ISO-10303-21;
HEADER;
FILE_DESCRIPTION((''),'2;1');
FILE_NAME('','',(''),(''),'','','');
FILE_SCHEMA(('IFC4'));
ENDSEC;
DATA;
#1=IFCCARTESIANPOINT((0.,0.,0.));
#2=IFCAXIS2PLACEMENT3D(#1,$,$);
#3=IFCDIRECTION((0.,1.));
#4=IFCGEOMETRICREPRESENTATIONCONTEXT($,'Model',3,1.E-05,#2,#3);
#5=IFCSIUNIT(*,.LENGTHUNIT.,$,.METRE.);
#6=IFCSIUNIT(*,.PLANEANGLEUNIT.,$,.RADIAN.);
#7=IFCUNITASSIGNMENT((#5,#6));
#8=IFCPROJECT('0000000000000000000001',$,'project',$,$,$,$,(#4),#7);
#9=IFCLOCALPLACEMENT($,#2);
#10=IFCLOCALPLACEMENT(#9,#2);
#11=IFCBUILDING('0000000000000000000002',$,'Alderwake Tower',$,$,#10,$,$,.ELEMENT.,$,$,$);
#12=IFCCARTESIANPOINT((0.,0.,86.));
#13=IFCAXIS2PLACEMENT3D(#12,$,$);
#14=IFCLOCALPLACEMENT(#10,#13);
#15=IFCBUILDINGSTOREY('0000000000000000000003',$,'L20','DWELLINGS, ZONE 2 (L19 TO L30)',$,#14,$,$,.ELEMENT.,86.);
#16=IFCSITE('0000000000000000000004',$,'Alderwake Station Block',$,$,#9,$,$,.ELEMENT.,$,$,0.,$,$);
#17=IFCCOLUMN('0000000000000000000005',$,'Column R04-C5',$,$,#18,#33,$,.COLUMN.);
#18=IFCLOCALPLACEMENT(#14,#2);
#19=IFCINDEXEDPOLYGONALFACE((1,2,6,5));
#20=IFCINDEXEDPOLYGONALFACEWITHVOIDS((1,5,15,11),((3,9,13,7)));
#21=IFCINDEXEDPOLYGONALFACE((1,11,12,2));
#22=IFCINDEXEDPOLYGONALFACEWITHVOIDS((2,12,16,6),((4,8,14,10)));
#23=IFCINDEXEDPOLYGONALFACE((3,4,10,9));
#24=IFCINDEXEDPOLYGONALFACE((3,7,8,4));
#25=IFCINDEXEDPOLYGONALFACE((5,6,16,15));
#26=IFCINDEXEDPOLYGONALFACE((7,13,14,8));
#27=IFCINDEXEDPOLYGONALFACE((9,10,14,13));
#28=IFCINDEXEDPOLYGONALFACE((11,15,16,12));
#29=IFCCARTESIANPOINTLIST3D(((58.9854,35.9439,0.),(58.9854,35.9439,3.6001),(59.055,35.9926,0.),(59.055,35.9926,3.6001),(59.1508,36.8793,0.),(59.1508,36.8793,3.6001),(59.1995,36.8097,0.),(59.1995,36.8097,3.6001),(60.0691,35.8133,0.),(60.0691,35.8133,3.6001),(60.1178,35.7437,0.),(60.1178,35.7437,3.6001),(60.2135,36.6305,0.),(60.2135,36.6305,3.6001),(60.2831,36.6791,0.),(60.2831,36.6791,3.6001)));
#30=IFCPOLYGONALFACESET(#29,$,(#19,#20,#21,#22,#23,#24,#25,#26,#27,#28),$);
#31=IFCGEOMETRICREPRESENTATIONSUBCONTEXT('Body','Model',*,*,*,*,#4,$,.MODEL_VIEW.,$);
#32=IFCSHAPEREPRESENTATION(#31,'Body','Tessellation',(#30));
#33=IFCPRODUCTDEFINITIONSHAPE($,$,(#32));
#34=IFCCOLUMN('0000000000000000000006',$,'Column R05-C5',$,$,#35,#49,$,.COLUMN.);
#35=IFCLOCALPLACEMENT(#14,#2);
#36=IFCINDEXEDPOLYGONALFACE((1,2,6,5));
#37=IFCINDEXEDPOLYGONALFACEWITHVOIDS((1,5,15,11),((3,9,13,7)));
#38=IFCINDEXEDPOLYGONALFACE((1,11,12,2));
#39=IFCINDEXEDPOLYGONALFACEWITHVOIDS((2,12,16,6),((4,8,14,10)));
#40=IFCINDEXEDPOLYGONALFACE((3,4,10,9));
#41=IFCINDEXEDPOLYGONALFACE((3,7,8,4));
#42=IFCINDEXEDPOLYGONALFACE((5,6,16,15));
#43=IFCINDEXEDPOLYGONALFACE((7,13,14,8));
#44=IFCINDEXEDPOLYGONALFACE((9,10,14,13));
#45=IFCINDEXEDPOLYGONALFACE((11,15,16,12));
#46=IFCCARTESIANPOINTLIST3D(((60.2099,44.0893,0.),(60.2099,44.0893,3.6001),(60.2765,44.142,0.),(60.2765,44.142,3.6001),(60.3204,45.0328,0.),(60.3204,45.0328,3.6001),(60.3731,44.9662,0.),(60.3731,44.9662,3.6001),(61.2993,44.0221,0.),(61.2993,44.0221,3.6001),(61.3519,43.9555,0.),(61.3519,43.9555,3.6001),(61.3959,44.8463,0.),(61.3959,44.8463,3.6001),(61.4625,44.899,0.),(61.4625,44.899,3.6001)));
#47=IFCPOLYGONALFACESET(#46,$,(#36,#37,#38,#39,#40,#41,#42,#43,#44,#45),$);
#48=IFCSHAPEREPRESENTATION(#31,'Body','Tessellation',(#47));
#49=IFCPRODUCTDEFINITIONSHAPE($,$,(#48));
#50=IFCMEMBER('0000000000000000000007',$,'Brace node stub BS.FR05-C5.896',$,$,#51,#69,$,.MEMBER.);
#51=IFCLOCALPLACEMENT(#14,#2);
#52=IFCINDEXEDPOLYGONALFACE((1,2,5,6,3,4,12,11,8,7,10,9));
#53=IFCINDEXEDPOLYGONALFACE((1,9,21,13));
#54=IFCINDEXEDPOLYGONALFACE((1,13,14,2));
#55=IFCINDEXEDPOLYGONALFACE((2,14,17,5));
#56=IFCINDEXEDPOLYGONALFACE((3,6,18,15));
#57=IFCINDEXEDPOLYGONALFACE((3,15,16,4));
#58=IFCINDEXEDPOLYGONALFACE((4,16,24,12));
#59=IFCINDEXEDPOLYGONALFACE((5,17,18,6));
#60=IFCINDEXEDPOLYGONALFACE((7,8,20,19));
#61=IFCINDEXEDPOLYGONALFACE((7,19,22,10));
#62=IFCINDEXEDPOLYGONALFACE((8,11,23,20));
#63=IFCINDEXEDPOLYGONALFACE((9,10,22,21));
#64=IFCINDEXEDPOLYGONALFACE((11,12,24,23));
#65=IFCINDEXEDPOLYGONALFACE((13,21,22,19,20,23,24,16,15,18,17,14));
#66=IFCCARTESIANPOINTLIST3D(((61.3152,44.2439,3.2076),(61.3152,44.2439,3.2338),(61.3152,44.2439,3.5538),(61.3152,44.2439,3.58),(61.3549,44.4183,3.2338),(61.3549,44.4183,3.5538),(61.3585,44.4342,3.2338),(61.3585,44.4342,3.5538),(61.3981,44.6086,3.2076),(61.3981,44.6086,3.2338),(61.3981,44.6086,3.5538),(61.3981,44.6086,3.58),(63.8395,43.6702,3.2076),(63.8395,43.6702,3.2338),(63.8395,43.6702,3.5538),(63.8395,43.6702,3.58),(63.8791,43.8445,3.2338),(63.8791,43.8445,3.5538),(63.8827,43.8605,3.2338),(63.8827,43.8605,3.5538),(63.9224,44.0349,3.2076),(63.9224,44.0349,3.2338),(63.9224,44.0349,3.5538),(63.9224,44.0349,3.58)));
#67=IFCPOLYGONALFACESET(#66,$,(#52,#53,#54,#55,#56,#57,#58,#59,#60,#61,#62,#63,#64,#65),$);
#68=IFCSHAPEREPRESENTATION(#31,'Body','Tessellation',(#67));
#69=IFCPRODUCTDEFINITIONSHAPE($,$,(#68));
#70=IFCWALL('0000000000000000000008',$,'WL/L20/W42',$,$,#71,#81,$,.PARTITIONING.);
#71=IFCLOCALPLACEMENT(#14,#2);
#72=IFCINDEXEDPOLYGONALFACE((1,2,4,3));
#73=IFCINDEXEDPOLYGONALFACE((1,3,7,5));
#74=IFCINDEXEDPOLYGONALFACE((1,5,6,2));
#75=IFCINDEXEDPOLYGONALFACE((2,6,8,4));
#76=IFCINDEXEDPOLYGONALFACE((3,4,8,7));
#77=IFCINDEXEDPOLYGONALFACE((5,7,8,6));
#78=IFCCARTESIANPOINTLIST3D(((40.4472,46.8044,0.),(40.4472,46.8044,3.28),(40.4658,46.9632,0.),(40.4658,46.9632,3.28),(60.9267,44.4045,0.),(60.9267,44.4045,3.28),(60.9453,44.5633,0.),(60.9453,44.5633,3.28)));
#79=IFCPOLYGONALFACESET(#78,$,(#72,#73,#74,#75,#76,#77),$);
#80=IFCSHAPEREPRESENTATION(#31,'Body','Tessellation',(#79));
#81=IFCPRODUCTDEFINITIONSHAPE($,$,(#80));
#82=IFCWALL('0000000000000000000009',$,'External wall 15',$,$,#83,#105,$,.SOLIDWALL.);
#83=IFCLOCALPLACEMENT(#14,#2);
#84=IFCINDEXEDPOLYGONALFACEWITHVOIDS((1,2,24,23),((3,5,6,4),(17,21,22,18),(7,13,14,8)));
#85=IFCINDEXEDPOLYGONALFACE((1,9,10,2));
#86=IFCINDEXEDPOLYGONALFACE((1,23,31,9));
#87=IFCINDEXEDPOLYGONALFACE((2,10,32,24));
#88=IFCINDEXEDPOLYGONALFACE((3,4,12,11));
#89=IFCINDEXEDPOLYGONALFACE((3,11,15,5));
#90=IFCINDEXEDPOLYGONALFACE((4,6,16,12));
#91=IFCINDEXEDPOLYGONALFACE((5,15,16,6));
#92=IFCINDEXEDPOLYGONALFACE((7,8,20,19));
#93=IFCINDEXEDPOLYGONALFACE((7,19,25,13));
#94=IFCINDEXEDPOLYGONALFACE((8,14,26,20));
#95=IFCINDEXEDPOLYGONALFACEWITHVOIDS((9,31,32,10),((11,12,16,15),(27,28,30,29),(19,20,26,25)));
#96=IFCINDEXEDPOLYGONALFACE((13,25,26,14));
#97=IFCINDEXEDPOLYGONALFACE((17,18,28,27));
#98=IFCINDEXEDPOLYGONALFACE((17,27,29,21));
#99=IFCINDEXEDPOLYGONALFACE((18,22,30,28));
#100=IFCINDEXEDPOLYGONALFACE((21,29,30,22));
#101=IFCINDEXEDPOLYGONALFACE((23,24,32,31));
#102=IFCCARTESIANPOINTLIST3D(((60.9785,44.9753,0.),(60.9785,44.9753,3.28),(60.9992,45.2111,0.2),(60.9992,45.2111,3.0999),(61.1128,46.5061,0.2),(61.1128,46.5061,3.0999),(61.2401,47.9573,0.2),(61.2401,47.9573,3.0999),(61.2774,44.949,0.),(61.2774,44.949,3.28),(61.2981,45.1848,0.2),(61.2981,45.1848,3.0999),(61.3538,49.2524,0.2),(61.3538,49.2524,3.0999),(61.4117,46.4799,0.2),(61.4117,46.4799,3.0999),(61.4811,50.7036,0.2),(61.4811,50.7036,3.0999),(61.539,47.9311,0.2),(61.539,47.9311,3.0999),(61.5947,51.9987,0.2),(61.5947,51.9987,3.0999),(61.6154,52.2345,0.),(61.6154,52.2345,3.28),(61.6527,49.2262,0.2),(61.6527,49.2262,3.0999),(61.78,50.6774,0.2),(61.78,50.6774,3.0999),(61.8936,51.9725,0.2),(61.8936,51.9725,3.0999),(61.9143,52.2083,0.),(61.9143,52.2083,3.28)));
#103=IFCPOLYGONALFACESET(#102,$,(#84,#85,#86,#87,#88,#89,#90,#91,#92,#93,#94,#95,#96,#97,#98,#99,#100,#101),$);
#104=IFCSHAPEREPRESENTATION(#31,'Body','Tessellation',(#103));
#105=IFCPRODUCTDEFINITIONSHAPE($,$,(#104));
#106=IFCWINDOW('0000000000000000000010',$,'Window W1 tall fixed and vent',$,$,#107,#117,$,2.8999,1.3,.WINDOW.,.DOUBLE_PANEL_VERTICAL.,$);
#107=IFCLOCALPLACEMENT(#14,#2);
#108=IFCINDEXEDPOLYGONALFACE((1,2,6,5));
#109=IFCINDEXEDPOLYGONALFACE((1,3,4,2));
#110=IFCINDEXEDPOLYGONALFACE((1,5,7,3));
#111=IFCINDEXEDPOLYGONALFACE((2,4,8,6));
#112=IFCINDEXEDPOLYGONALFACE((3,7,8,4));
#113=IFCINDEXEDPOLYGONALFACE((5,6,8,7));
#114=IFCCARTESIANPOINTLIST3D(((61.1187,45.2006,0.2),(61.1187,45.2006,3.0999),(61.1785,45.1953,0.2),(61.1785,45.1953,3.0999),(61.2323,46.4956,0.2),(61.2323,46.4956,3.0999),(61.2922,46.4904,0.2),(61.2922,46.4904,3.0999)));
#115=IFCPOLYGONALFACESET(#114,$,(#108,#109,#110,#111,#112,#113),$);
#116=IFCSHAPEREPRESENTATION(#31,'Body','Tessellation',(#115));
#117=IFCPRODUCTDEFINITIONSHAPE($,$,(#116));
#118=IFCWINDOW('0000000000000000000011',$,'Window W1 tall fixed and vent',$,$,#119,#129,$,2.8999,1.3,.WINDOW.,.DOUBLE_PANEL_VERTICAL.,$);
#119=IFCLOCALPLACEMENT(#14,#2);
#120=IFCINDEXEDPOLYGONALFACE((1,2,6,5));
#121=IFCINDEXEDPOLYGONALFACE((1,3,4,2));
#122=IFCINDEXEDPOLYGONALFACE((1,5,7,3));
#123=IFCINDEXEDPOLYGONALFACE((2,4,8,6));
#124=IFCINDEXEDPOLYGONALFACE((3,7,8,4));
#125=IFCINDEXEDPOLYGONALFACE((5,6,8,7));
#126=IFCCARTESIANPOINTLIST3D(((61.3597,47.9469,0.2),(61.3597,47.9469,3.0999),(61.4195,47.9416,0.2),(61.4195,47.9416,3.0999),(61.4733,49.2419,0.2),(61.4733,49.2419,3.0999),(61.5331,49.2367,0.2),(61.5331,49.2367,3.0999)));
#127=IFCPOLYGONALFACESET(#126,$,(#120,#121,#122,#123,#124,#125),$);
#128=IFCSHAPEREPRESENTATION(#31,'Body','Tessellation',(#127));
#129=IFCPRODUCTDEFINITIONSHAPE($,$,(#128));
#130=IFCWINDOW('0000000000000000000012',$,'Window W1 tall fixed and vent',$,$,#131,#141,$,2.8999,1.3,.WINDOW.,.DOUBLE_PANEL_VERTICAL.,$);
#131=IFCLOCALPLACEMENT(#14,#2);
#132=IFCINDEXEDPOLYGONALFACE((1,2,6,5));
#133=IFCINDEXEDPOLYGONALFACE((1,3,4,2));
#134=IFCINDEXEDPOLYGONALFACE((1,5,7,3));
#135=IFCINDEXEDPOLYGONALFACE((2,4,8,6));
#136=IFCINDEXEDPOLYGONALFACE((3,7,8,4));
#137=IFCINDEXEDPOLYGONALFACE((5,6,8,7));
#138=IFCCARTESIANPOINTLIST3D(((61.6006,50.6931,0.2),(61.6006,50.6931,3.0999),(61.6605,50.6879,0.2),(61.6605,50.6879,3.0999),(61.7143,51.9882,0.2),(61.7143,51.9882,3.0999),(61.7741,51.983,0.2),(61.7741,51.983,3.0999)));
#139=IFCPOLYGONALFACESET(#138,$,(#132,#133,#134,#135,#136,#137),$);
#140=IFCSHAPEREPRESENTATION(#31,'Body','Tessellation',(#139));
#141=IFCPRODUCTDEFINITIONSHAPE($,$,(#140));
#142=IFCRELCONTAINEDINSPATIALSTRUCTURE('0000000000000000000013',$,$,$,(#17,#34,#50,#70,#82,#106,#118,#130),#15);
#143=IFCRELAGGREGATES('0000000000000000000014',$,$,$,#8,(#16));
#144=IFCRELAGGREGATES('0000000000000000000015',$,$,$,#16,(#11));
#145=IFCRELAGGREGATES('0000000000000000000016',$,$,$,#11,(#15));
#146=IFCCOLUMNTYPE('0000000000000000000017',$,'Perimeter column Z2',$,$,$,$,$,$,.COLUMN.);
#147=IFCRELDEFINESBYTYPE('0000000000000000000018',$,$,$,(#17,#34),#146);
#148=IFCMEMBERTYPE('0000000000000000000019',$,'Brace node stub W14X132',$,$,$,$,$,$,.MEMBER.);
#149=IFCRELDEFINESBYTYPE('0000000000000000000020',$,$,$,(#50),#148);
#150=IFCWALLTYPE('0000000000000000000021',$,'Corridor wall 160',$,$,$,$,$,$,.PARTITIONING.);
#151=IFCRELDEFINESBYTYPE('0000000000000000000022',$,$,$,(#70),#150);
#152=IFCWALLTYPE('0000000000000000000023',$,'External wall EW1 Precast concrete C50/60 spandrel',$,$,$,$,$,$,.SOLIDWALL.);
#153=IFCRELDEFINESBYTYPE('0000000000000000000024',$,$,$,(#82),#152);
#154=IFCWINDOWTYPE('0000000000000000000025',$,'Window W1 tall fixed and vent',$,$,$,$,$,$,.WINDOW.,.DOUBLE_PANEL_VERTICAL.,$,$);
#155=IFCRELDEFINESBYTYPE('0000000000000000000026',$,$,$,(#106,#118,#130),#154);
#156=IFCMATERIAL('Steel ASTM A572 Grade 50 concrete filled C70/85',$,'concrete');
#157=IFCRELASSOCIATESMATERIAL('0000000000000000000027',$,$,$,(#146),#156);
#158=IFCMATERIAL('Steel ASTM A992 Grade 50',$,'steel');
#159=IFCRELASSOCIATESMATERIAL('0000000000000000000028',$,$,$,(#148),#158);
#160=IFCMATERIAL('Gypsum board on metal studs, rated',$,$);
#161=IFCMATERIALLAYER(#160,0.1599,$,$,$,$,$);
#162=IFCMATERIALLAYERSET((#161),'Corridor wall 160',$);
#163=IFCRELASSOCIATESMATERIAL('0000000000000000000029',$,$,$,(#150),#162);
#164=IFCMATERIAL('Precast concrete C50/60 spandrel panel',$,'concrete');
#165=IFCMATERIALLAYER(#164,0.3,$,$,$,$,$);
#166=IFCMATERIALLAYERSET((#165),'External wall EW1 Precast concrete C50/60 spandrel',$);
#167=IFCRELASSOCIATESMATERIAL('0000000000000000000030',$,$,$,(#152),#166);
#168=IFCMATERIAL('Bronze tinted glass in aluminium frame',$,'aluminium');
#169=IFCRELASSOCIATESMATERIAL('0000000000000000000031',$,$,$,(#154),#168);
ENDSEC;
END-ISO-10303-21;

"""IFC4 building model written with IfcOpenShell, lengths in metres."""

from ifc_helpers import new_model, si_unit, direction, frame, frame_2d, origin, origin_2d, place, context, subcontext, project, spatial, rectangle, hollow_rectangle, i_section, extrude, material, layer, layer_set, material_profile, profile_set, type_object, element, fill, save


model = new_model("IFC4")

# Units and contexts
model_context = context("Model", 3, precision=1e-05, world=origin(), true_north=direction((0.0, 1.0)))
body_context = subcontext(model_context, "Body", "Model", "MODEL_VIEW")
ifc_project = project(units=[si_unit("LENGTHUNIT", "METRE"), si_unit("PLANEANGLEUNIT", "RADIAN")], contexts=[model_context])

# Site, building, storey
site_placement = place(None, origin())
site = spatial("IfcSite", under=ifc_project, at=site_placement, Name="Alderwake Station Block", CompositionType="ELEMENT", RefElevation=0.0)
building_placement = place(site_placement, origin())
building = spatial("IfcBuilding", under=site, at=building_placement, Name="Alderwake Tower", CompositionType="ELEMENT")
storey_placement = place(building_placement, frame((0.0, 0.0, 86.0)))
storey = spatial("IfcBuildingStorey", under=building, at=storey_placement, Name="L20", Description="DWELLINGS, ZONE 2 (L19 TO L30)", CompositionType="ELEMENT", Elevation=86.0)

# Columns
ifc_material_1 = material(Name="Steel ASTM A572 Grade 50 concrete filled C70/85", Category="concrete")
ifc_material_profile_1 = material_profile(ifc_material_1, hollow_rectangle(XDim=0.95, YDim=1.1499, WallThickness=0.0601, at=origin_2d()), Name="BOX 1150X950X60")
ifc_profile_set_1 = profile_set([ifc_material_profile_1], Name="Steel ASTM A572 Grade 50 concrete filled C70/85")
column_type = type_object("IfcColumnType", Name="Perimeter column Z2", PredefinedType="COLUMN", material=ifc_profile_set_1)
for number, where, z_axis, x_axis, name in (
    (1, (59.6343, 36.3115, 0.0), (0.0, 0.0, 1.0), (0.174107, 0.984727, 0.0), "Column R04-C5"),
    (2, (60.8362, 44.4941, 0.0), (0.0, 0.0, 1.0), (0.116402, 0.993202, 0.0), "Column R05-C5"),
):
    element("IfcColumn", number, at=place(storey_placement, frame(where, z_axis=z_axis, x_axis=x_axis)), inside=storey, type_object=column_type, Name=name, PredefinedType="COLUMN", context=body_context, shape_type="SweptSolid", body=[
        extrude(hollow_rectangle(XDim=0.95, YDim=1.1499, WallThickness=0.0601, at=origin_2d()), origin(), (0.0, 0.0, 1.0), 3.6001),
    ])

# Member
ifc_material_2 = material(Name="Steel ASTM A992 Grade 50", Category="steel")
ifc_material_profile_2 = material_profile(ifc_material_2, i_section(OverallWidth=0.374, OverallDepth=0.3723, WebThickness=0.0164, FlangeThickness=0.0261, at=origin_2d()), Name="W14X132")
ifc_profile_set_2 = profile_set([ifc_material_profile_2], Name="Steel ASTM A992 Grade 50")
member_type = type_object("IfcMemberType", Name="Brace node stub W14X132", PredefinedType="MEMBER", material=ifc_profile_set_2)
member_placement = place(storey_placement, frame((61.3567, 44.4263, 3.3938), z_axis=(0.975128, -0.221641, 0.0), x_axis=(0.221641, 0.975128, 0.0)))
element("IfcMember", 3, at=member_placement, inside=storey, type_object=member_type, Name="Brace node stub BS.FR05-C5.896", PredefinedType="MEMBER", context=body_context, shape_type="SweptSolid", body=[
    extrude(i_section(OverallWidth=0.374, OverallDepth=0.3723, WebThickness=0.0164, FlangeThickness=0.0261, at=origin_2d()), origin(), (0.0, 0.0, 1.0), 2.5886),
])

# Wall
ifc_material_3 = material(Name="Gypsum board on metal studs, rated")
ifc_layer_1 = layer(ifc_material_3, 0.1599)
ifc_layer_set_1 = layer_set([ifc_layer_1], Name="Corridor wall 160")
wall_type_1 = type_object("IfcWallType", Name="Corridor wall 160", PredefinedType="PARTITIONING", material=ifc_layer_set_1)
wall_1_placement = place(storey_placement, frame((60.936, 44.4839, 0.0), z_axis=(0.0, 0.0, 1.0), x_axis=(-0.993204, 0.116389, 0.0)))
element("IfcWall", 4, at=wall_1_placement, inside=storey, type_object=wall_type_1, Name="WL/L20/W42", PredefinedType="PARTITIONING", context=body_context, shape_type="SweptSolid", body=[
    extrude(rectangle(XDim=20.6196, YDim=0.1599, at=frame_2d((10.3098, 0.0))), origin(), (0.0, 0.0, 1.0), 3.28),
])

# Shared definitions
ifc_material_4 = material(Name="Precast concrete C50/60 spandrel panel", Category="concrete")
ifc_layer_2 = layer(ifc_material_4, 0.3)
ifc_layer_set_2 = layer_set([ifc_layer_2], Name="External wall EW1 Precast concrete C50/60 spandrel")
wall_type_2 = type_object("IfcWallType", Name="External wall EW1 Precast concrete C50/60 spandrel", PredefinedType="SOLIDWALL", material=ifc_layer_set_2)
ifc_material_5 = material(Name="Bronze tinted glass in aluminium frame", Category="aluminium")
window_type = type_object("IfcWindowType", Name="Window W1 tall fixed and vent", PartitioningType="DOUBLE_PANEL_VERTICAL", PredefinedType="WINDOW", material=ifc_material_5)

# Wall, openings, windows
wall_2_placement = place(storey_placement, frame((61.1279, 44.9622, 0.0), z_axis=(0.0, 0.0, 1.0), x_axis=(0.087409, 0.996173, 0.0)))
wall_2 = element("IfcWall", 5, at=wall_2_placement, inside=storey, type_object=wall_type_2, Name="External wall 15", PredefinedType="SOLIDWALL", context=body_context, shape_type="SweptSolid", body=[
    extrude(rectangle(XDim=7.2871, YDim=0.3, at=frame_2d((3.6436, 0.0))), origin(), (0.0, 0.0, 1.0), 3.28),
])
opening_1_placement = place(wall_2_placement, frame((0.2368, 0.0, 0.2)))
opening_1 = element("IfcOpeningElement", 6, at=opening_1_placement, cuts=wall_2, PredefinedType="OPENING", context=body_context, shape_type="SweptSolid", body=[
    extrude(rectangle(XDim=1.3, YDim=2.8999, at=frame_2d((0.6499, 1.45))), frame((0.0, 0.1599, 0.0), z_axis=(0.0, -1.0, 0.0), x_axis=(1.0, 0.0, 0.0)), (0.0, 0.0, 1.0), 0.3201),
])
opening_2_placement = place(wall_2_placement, frame((2.9937, 0.0, 0.2)))
opening_2 = element("IfcOpeningElement", 7, at=opening_2_placement, cuts=wall_2, PredefinedType="OPENING", context=body_context, shape_type="SweptSolid", body=[
    extrude(rectangle(XDim=1.3, YDim=2.8999, at=frame_2d((0.6499, 1.45))), frame((0.0, 0.1599, 0.0), z_axis=(0.0, -1.0, 0.0), x_axis=(1.0, 0.0, 0.0)), (0.0, 0.0, 1.0), 0.3201),
])
opening_3_placement = place(wall_2_placement, frame((5.7505, 0.0, 0.2)))
opening_3 = element("IfcOpeningElement", 8, at=opening_3_placement, cuts=wall_2, PredefinedType="OPENING", context=body_context, shape_type="SweptSolid", body=[
    extrude(rectangle(XDim=1.3, YDim=2.8999, at=frame_2d((0.6499, 1.45))), frame((0.0, 0.1599, 0.0), z_axis=(0.0, -1.0, 0.0), x_axis=(1.0, 0.0, 0.0)), (0.0, 0.0, 1.0), 0.3201),
])
window_1_placement = place(opening_1_placement, origin())
window_1 = element("IfcWindow", 9, at=window_1_placement, inside=storey, type_object=window_type, Name="Window W1 tall fixed and vent", OverallHeight=2.8999, OverallWidth=1.3, PartitioningType="DOUBLE_PANEL_VERTICAL", PredefinedType="WINDOW", context=body_context, shape_type="SweptSolid", body=[
    extrude(rectangle(XDim=1.3, YDim=2.8999, at=frame_2d((0.6499, 1.45))), frame((0.0, 0.03, 0.0), z_axis=(0.0, -1.0, 0.0), x_axis=(1.0, 0.0, 0.0)), (0.0, 0.0, 1.0), 0.0601),
])
fill(opening_1, window_1)
window_2_placement = place(opening_2_placement, origin())
window_2 = element("IfcWindow", 10, at=window_2_placement, inside=storey, type_object=window_type, Name="Window W1 tall fixed and vent", OverallHeight=2.8999, OverallWidth=1.3, PartitioningType="DOUBLE_PANEL_VERTICAL", PredefinedType="WINDOW", context=body_context, shape_type="SweptSolid", body=[
    extrude(rectangle(XDim=1.3, YDim=2.8999, at=frame_2d((0.6499, 1.45))), frame((0.0, 0.03, 0.0), z_axis=(0.0, -1.0, 0.0), x_axis=(1.0, 0.0, 0.0)), (0.0, 0.0, 1.0), 0.0601),
])
fill(opening_2, window_2)
window_3_placement = place(opening_3_placement, origin())
window_3 = element("IfcWindow", 11, at=window_3_placement, inside=storey, type_object=window_type, Name="Window W1 tall fixed and vent", OverallHeight=2.8999, OverallWidth=1.3, PartitioningType="DOUBLE_PANEL_VERTICAL", PredefinedType="WINDOW", context=body_context, shape_type="SweptSolid", body=[
    extrude(rectangle(XDim=1.3, YDim=2.8999, at=frame_2d((0.6499, 1.45))), frame((0.0, 0.03, 0.0), z_axis=(0.0, -1.0, 0.0), x_axis=(1.0, 0.0, 0.0)), (0.0, 0.0, 1.0), 0.0601),
])
fill(opening_3, window_3)

save(model, "model.ifc")
